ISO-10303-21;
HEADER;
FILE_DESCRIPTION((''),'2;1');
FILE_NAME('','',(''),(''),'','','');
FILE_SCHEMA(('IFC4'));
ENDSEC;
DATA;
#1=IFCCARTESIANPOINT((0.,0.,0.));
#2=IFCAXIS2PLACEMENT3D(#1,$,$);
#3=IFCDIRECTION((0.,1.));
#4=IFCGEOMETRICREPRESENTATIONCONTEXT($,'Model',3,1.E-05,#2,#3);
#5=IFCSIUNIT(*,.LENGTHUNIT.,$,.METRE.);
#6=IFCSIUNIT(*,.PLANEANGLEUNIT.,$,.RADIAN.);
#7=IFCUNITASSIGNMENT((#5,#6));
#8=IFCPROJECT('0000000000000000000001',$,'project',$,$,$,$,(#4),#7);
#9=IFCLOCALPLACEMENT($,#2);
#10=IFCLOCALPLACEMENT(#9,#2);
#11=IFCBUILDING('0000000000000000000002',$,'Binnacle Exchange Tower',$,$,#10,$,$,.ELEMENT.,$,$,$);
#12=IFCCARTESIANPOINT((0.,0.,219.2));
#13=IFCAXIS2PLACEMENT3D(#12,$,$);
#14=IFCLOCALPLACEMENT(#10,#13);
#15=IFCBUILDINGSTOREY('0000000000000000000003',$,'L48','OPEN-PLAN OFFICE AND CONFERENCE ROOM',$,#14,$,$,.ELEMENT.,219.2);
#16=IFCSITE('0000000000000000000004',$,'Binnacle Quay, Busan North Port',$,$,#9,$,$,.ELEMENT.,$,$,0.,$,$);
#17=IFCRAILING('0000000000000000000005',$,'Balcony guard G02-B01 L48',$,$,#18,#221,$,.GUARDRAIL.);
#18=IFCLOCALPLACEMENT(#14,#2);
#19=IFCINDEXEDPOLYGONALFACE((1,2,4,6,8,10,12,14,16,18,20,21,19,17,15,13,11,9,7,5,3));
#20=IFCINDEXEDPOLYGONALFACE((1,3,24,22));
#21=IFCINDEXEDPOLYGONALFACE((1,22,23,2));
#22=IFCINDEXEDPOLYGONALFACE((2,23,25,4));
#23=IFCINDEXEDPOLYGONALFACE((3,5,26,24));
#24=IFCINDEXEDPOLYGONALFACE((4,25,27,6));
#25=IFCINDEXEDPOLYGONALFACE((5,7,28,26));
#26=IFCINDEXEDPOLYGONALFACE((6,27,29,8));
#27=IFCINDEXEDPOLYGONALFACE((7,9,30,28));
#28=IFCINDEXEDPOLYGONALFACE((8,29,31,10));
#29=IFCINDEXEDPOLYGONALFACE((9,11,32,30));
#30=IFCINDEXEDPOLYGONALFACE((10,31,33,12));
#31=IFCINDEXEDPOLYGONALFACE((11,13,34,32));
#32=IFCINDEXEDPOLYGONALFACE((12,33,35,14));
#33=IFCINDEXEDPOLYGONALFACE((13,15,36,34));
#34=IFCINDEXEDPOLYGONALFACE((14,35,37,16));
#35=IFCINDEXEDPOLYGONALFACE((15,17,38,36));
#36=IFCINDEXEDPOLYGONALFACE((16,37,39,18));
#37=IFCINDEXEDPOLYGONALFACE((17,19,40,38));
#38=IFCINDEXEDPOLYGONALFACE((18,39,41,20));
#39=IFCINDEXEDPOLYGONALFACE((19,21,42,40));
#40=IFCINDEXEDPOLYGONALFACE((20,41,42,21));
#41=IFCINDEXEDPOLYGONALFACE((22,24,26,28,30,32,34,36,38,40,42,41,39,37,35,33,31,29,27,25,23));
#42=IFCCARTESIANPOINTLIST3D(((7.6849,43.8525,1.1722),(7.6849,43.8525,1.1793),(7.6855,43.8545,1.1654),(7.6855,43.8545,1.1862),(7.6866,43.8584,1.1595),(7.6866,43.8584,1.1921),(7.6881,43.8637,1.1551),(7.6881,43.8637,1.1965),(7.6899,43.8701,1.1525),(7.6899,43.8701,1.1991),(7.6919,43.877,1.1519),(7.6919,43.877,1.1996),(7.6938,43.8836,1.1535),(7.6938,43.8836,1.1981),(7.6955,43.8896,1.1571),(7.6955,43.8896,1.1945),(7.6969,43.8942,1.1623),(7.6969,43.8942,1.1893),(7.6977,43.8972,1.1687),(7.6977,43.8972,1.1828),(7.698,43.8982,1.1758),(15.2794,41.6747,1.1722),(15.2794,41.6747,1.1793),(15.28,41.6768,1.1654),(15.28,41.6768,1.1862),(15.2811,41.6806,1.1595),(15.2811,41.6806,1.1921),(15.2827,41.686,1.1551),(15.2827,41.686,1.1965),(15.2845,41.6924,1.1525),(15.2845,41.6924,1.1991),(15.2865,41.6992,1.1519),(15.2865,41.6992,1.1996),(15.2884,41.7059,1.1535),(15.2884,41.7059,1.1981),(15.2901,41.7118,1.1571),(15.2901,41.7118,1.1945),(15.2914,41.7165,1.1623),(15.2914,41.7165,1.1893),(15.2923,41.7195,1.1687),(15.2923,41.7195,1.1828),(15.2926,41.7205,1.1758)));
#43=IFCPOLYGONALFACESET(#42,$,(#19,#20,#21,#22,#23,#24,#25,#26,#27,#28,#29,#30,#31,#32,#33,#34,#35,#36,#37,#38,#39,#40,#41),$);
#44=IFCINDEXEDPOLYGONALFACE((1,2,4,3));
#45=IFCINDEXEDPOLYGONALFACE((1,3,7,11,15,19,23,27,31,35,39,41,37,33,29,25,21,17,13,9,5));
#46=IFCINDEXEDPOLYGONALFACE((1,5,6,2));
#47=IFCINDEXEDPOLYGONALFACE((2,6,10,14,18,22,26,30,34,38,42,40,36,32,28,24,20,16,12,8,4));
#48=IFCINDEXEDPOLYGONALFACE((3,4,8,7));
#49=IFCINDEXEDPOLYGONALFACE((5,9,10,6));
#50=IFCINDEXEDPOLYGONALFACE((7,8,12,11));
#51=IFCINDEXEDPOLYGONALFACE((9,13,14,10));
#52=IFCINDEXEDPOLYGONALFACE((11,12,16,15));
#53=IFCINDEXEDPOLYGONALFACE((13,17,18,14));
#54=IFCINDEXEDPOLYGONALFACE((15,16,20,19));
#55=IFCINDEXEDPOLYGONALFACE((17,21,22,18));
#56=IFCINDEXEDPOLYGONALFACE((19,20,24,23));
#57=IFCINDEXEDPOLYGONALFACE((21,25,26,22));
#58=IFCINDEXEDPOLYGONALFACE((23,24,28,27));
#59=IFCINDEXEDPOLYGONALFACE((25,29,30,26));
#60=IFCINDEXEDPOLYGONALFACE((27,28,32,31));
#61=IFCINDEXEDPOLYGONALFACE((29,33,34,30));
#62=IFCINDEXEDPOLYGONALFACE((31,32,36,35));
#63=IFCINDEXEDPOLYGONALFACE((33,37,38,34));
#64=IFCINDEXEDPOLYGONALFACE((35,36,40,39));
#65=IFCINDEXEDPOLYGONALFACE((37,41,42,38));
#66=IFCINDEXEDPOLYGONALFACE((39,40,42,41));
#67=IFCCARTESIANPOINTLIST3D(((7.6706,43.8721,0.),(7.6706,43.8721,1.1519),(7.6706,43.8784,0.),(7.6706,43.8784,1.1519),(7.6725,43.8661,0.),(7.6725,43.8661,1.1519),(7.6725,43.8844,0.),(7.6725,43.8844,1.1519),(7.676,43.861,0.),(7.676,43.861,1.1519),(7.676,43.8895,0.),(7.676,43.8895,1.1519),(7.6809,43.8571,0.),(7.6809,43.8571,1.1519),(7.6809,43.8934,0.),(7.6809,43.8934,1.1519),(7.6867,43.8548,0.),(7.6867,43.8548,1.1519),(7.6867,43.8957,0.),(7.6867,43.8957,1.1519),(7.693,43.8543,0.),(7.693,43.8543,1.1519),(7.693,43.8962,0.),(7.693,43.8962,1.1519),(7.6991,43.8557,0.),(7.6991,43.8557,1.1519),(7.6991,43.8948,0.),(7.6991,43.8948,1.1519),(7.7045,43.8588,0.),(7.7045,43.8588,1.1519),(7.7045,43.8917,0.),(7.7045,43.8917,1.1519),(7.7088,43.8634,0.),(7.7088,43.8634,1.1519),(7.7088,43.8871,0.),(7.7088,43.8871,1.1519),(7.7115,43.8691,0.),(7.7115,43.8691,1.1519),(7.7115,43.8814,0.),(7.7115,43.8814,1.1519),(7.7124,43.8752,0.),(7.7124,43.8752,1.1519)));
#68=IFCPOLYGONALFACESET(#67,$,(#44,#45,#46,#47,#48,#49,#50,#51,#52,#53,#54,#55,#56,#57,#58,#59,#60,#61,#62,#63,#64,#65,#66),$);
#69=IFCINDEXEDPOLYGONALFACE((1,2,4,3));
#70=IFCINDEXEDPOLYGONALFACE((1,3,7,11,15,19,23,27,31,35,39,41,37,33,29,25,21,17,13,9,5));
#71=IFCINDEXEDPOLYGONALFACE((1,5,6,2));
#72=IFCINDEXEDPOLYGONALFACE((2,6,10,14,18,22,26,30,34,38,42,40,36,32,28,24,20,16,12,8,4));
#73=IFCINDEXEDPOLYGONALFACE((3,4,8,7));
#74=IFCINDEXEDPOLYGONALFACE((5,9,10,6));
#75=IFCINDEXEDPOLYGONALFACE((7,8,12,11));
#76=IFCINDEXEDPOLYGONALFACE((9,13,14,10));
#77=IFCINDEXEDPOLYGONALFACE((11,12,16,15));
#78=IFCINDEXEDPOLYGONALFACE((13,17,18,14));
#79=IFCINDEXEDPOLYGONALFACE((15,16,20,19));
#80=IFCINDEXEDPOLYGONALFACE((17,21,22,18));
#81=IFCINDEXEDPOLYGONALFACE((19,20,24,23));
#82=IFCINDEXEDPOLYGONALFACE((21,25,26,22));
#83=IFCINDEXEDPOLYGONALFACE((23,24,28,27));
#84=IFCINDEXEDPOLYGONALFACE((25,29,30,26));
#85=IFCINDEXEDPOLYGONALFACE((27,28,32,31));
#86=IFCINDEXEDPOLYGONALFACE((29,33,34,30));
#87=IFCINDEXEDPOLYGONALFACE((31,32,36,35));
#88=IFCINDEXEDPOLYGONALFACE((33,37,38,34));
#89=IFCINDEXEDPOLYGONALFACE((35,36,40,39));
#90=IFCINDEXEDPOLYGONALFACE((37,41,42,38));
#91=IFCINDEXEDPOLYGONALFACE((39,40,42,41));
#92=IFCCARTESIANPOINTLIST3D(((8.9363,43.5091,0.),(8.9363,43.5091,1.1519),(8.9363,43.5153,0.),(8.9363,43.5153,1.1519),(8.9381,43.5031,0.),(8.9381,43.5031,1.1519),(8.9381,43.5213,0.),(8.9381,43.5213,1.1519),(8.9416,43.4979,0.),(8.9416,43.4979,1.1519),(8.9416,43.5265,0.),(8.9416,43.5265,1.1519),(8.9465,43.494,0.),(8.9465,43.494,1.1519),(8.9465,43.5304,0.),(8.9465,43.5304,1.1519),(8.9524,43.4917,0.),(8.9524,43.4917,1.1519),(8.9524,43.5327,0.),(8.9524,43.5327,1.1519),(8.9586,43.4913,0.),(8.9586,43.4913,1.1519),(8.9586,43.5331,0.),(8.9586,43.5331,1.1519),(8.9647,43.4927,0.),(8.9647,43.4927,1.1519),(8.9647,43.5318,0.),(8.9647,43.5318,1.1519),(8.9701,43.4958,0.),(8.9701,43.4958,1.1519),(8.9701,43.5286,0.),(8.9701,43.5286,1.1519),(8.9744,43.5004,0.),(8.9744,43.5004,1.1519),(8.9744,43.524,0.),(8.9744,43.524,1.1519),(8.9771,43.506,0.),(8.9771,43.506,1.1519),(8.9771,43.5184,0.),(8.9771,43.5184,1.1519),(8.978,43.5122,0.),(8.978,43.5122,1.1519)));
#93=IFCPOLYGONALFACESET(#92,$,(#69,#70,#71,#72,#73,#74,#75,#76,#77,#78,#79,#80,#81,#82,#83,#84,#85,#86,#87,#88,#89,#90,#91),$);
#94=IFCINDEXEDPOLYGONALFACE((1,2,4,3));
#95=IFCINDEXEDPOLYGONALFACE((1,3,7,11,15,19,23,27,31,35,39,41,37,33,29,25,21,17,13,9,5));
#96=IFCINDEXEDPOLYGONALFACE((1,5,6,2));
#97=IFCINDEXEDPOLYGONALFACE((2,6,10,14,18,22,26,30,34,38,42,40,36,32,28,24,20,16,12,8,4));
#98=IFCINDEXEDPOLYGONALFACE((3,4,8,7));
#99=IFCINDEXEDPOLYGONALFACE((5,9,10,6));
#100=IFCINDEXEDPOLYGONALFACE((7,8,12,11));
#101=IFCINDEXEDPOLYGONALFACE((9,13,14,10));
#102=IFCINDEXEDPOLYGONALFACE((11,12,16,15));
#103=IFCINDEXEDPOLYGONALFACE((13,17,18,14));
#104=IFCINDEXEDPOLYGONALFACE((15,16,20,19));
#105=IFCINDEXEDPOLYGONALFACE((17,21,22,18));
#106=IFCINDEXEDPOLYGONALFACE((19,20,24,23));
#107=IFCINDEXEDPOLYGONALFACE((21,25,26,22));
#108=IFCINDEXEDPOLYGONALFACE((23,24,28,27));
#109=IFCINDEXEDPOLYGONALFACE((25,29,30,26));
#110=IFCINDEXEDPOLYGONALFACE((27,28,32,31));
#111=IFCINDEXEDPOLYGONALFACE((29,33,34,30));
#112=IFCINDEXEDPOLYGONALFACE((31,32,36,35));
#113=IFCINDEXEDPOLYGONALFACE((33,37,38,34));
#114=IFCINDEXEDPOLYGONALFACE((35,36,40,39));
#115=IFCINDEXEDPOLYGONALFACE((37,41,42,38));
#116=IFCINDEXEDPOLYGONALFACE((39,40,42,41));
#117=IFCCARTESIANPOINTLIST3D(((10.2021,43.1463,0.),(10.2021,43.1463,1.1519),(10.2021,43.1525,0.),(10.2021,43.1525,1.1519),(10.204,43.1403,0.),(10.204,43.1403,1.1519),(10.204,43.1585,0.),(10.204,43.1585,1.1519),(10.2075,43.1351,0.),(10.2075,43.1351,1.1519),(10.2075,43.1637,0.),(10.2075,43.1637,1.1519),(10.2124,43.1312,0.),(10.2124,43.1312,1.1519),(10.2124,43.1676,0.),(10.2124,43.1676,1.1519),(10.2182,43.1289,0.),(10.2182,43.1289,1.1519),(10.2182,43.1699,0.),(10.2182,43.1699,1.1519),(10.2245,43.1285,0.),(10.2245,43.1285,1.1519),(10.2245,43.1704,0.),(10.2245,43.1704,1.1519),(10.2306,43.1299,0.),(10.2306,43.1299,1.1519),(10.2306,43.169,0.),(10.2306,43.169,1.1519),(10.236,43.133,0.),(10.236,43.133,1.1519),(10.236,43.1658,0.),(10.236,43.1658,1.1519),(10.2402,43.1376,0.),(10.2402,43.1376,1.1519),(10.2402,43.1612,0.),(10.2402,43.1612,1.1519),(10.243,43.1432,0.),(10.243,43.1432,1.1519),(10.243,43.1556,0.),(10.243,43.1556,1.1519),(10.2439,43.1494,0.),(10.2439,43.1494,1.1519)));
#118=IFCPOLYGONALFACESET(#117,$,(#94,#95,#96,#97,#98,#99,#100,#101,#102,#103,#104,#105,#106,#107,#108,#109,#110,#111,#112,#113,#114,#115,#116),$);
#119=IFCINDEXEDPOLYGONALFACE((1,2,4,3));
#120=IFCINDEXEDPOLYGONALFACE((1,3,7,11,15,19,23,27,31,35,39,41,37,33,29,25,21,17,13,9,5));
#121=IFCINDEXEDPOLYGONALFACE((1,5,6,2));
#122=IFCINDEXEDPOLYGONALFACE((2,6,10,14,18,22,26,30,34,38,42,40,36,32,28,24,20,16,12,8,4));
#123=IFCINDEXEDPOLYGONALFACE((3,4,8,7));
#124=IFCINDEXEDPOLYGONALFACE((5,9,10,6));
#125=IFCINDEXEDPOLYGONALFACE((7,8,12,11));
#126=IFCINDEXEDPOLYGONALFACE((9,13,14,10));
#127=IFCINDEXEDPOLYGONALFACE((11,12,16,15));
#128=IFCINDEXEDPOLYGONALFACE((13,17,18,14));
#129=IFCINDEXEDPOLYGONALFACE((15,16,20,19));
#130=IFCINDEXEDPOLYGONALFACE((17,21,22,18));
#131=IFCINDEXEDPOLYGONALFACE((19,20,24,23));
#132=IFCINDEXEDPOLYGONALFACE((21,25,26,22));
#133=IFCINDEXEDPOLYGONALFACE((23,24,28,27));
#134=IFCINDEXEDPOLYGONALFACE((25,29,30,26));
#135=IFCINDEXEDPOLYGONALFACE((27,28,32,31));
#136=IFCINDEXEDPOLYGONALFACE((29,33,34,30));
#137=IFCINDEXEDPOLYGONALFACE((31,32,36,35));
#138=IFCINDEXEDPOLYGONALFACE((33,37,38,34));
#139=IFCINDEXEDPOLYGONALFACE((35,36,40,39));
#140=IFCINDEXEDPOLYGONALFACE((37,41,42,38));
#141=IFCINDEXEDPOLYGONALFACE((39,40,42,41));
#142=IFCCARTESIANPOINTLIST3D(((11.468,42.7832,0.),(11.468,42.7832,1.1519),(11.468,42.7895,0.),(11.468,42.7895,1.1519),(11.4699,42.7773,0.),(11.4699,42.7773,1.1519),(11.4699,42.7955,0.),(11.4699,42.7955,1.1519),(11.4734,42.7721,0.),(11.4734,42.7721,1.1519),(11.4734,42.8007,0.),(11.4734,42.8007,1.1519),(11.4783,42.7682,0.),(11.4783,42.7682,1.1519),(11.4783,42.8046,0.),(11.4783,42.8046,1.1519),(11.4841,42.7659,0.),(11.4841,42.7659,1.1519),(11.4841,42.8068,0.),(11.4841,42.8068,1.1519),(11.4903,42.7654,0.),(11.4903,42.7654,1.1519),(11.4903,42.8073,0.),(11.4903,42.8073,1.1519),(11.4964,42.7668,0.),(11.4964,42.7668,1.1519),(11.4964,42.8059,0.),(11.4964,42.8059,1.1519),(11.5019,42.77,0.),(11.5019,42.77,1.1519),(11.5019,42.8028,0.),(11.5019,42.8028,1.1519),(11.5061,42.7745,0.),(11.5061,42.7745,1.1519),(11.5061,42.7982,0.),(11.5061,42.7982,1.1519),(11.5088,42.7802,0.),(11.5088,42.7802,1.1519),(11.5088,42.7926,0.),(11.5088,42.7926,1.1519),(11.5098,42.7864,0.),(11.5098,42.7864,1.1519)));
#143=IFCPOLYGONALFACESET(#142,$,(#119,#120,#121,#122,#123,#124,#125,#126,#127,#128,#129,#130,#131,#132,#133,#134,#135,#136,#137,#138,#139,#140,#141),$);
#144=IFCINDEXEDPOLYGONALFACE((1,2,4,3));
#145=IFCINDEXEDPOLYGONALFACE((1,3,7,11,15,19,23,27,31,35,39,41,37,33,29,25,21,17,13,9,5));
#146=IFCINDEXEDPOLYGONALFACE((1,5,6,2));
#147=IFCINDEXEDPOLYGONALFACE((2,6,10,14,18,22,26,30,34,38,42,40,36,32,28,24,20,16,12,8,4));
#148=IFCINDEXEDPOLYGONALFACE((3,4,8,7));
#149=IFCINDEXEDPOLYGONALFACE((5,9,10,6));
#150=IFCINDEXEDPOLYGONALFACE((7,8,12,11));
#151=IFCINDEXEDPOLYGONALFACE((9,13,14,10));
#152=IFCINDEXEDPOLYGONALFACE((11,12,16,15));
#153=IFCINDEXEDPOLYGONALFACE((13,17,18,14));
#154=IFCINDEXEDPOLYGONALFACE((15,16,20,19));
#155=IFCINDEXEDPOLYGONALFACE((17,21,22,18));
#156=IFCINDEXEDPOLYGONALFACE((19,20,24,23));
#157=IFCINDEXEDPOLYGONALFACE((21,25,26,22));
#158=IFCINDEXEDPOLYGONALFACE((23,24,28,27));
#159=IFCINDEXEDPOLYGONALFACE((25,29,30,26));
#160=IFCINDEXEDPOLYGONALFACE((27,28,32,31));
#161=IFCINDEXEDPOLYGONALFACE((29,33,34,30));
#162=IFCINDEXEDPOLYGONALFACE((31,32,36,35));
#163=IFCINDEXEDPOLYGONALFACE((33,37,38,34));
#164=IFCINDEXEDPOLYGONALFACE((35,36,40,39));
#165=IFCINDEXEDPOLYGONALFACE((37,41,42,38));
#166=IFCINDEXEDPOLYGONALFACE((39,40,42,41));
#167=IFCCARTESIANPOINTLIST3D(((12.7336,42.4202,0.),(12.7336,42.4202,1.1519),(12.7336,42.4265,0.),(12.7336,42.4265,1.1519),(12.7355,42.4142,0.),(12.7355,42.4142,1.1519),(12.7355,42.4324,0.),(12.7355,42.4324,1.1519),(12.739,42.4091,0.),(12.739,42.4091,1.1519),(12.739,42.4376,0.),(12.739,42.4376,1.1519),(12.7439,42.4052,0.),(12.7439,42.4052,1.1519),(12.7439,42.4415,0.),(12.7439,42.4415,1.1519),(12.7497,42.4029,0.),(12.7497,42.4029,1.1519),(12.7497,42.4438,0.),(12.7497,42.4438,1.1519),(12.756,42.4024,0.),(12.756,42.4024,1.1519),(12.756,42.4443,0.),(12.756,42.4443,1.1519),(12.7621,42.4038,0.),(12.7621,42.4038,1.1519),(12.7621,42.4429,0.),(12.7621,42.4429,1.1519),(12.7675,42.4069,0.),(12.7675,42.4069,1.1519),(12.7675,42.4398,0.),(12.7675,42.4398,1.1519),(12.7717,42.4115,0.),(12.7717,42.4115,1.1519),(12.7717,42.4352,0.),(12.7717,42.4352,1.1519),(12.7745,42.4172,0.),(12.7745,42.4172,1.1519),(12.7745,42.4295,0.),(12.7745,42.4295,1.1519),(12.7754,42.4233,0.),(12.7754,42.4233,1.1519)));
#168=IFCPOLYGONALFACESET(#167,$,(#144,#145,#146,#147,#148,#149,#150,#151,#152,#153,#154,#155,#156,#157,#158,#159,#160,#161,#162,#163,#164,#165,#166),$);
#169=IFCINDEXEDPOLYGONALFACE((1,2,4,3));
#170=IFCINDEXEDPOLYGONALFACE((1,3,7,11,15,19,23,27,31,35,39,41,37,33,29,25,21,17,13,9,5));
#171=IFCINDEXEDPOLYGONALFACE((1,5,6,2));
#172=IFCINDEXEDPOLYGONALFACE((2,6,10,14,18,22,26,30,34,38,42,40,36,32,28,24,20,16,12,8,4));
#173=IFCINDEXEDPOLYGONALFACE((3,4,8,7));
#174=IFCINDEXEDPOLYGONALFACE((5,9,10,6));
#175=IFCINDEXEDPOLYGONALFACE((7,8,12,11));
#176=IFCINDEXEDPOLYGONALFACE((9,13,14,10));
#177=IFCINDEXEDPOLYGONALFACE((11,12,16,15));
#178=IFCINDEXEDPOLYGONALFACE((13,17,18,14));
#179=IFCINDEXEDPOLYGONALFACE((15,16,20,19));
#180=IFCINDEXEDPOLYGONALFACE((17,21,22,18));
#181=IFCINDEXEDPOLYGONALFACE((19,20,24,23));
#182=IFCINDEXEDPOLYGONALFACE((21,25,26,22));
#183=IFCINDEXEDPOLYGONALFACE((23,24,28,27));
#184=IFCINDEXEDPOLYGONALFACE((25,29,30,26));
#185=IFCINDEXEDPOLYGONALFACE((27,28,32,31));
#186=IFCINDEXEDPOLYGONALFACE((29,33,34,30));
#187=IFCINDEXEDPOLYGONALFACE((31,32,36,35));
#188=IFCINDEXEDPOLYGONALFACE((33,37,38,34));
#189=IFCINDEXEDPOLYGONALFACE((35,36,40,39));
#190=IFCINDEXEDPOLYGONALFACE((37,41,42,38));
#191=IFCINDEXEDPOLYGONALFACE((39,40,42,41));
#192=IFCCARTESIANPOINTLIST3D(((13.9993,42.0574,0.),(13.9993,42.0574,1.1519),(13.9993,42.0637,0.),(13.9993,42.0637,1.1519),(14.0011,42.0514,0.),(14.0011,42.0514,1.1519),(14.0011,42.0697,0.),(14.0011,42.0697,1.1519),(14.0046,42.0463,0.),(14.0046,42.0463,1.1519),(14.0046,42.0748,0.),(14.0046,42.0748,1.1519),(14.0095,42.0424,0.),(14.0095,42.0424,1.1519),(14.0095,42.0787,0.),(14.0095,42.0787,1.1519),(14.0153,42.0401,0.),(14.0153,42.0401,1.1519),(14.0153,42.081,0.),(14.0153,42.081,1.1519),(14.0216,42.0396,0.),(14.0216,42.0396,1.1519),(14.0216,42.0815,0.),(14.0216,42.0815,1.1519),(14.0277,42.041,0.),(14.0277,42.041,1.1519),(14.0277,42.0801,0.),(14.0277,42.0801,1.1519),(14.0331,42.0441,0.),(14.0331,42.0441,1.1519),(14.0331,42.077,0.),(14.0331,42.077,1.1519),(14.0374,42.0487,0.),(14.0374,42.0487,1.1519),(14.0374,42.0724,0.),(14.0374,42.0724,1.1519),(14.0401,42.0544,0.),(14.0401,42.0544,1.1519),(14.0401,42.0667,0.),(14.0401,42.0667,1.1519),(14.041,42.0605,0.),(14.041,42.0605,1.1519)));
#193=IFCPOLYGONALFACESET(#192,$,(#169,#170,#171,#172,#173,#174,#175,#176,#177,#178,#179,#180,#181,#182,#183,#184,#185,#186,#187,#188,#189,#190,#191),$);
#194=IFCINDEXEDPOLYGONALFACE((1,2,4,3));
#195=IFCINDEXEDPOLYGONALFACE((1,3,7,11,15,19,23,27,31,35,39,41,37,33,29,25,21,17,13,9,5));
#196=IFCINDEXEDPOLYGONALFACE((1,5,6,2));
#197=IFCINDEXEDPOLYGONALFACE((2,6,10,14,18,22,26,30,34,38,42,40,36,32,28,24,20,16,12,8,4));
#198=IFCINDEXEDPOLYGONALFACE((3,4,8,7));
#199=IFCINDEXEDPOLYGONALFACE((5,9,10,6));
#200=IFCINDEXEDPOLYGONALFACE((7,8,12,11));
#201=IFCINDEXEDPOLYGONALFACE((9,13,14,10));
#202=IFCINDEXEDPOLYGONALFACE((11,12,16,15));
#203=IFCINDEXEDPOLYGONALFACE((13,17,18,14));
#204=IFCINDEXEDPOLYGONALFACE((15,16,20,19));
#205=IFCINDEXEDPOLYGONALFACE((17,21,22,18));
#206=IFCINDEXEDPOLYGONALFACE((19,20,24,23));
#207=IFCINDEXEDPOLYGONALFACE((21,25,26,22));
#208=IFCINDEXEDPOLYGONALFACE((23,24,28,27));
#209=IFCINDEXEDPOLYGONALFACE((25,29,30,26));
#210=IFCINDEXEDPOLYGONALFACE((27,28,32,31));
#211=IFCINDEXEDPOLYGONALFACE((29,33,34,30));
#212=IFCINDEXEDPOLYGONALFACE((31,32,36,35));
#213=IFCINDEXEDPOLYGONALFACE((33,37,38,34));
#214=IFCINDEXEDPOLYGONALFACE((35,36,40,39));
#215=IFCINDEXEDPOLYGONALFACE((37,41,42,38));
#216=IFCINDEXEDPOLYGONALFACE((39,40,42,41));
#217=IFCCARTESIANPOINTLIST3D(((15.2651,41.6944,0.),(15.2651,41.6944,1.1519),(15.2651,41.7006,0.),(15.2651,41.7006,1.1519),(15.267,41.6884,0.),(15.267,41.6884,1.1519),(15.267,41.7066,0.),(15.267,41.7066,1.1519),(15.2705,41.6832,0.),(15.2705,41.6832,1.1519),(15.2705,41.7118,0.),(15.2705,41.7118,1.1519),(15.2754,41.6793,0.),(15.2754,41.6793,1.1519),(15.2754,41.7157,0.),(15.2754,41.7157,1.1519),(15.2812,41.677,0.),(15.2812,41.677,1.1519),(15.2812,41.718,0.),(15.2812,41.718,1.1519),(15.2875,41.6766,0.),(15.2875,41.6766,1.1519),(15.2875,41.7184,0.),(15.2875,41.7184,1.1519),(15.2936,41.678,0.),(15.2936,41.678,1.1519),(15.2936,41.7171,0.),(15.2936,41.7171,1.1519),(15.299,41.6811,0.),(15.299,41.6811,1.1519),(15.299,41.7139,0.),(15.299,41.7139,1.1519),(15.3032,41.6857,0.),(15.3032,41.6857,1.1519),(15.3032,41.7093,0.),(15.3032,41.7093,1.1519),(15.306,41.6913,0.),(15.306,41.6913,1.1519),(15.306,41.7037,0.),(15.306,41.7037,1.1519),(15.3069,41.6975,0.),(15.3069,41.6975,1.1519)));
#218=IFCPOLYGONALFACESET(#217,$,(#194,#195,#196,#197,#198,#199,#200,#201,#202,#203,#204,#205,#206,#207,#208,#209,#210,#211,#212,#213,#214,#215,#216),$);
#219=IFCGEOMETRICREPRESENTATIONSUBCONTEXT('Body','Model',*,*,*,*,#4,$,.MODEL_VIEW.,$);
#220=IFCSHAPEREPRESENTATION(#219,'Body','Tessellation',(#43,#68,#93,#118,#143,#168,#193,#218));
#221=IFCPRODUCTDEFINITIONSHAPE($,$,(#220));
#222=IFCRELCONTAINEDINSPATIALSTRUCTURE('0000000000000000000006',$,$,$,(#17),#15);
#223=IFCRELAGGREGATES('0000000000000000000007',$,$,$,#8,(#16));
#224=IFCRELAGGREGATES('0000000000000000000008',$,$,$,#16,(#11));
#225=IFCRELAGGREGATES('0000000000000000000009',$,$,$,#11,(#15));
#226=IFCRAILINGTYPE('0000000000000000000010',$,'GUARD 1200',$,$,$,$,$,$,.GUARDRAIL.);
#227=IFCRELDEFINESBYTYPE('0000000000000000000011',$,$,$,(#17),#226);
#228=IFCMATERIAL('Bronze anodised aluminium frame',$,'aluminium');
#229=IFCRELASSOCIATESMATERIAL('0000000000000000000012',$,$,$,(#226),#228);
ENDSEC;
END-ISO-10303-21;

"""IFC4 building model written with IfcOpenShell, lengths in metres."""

from ifc_helpers import new_model, si_unit, direction, frame, origin, origin_2d, place, context, subcontext, project, spatial, circle, extrude, material, type_object, element, save


model = new_model("IFC4")

# Units and contexts
model_context = context("Model", 3, precision=1e-05, world=origin(), true_north=direction((0.0, 1.0)))
body_context = subcontext(model_context, "Body", "Model", "MODEL_VIEW")
ifc_project = project(units=[si_unit("LENGTHUNIT", "METRE"), si_unit("PLANEANGLEUNIT", "RADIAN")], contexts=[model_context])

# Site, building, storey
site_placement = place(None, origin())
site = spatial("IfcSite", under=ifc_project, at=site_placement, Name="Binnacle Quay, Busan North Port", CompositionType="ELEMENT", RefElevation=0.0)
building_placement = place(site_placement, origin())
building = spatial("IfcBuilding", under=site, at=building_placement, Name="Binnacle Exchange Tower", CompositionType="ELEMENT")
storey_placement = place(building_placement, frame((0.0, 0.0, 219.2)))
storey = spatial("IfcBuildingStorey", under=building, at=storey_placement, Name="L48", Description="OPEN-PLAN OFFICE AND CONFERENCE ROOM", CompositionType="ELEMENT", Elevation=219.2)

# Shared definitions
ifc_material_1 = material(Name="Bronze anodised aluminium frame", Category="aluminium")

# Railing
railing_type = type_object("IfcRailingType", Name="GUARD 1200", PredefinedType="GUARDRAIL", material=ifc_material_1)
railing_1_placement = place(storey_placement, frame((7.6914, 43.8752, 0.0)))
element("IfcRailing", 1, at=railing_1_placement, inside=storey, type_object=railing_type, Name="Balcony guard G02-B01 L48", PredefinedType="GUARDRAIL", context=body_context, shape_type="SweptSolid", body=[
    extrude(circle(Radius=0.0239, at=origin_2d()), frame((0.0, 0.0, 1.1758), z_axis=(0.96126, -0.275643, 0.0), x_axis=(0.275643, 0.96126, 0.0)), (0.0, 0.0, 1.0), 7.9006),
    extrude(circle(Radius=0.021, at=origin_2d()), origin(), (0.0, 0.0, 1.0), 1.1519),
    extrude(circle(Radius=0.021, at=origin_2d()), frame((1.2656, -0.363, 0.0)), (0.0, 0.0, 1.0), 1.1519),
    extrude(circle(Radius=0.021, at=origin_2d()), frame((2.5315, -0.7258, 0.0)), (0.0, 0.0, 1.0), 1.1519),
    extrude(circle(Radius=0.021, at=origin_2d()), frame((3.7974, -1.0889, 0.0)), (0.0, 0.0, 1.0), 1.1519),
    extrude(circle(Radius=0.021, at=origin_2d()), frame((5.063, -1.4519, 0.0)), (0.0, 0.0, 1.0), 1.1519),
    extrude(circle(Radius=0.021, at=origin_2d()), frame((6.3286, -1.8147, 0.0)), (0.0, 0.0, 1.0), 1.1519),
    extrude(circle(Radius=0.021, at=origin_2d()), frame((7.5945, -2.1777, 0.0)), (0.0, 0.0, 1.0), 1.1519),
])

save(model, "model.ifc")
